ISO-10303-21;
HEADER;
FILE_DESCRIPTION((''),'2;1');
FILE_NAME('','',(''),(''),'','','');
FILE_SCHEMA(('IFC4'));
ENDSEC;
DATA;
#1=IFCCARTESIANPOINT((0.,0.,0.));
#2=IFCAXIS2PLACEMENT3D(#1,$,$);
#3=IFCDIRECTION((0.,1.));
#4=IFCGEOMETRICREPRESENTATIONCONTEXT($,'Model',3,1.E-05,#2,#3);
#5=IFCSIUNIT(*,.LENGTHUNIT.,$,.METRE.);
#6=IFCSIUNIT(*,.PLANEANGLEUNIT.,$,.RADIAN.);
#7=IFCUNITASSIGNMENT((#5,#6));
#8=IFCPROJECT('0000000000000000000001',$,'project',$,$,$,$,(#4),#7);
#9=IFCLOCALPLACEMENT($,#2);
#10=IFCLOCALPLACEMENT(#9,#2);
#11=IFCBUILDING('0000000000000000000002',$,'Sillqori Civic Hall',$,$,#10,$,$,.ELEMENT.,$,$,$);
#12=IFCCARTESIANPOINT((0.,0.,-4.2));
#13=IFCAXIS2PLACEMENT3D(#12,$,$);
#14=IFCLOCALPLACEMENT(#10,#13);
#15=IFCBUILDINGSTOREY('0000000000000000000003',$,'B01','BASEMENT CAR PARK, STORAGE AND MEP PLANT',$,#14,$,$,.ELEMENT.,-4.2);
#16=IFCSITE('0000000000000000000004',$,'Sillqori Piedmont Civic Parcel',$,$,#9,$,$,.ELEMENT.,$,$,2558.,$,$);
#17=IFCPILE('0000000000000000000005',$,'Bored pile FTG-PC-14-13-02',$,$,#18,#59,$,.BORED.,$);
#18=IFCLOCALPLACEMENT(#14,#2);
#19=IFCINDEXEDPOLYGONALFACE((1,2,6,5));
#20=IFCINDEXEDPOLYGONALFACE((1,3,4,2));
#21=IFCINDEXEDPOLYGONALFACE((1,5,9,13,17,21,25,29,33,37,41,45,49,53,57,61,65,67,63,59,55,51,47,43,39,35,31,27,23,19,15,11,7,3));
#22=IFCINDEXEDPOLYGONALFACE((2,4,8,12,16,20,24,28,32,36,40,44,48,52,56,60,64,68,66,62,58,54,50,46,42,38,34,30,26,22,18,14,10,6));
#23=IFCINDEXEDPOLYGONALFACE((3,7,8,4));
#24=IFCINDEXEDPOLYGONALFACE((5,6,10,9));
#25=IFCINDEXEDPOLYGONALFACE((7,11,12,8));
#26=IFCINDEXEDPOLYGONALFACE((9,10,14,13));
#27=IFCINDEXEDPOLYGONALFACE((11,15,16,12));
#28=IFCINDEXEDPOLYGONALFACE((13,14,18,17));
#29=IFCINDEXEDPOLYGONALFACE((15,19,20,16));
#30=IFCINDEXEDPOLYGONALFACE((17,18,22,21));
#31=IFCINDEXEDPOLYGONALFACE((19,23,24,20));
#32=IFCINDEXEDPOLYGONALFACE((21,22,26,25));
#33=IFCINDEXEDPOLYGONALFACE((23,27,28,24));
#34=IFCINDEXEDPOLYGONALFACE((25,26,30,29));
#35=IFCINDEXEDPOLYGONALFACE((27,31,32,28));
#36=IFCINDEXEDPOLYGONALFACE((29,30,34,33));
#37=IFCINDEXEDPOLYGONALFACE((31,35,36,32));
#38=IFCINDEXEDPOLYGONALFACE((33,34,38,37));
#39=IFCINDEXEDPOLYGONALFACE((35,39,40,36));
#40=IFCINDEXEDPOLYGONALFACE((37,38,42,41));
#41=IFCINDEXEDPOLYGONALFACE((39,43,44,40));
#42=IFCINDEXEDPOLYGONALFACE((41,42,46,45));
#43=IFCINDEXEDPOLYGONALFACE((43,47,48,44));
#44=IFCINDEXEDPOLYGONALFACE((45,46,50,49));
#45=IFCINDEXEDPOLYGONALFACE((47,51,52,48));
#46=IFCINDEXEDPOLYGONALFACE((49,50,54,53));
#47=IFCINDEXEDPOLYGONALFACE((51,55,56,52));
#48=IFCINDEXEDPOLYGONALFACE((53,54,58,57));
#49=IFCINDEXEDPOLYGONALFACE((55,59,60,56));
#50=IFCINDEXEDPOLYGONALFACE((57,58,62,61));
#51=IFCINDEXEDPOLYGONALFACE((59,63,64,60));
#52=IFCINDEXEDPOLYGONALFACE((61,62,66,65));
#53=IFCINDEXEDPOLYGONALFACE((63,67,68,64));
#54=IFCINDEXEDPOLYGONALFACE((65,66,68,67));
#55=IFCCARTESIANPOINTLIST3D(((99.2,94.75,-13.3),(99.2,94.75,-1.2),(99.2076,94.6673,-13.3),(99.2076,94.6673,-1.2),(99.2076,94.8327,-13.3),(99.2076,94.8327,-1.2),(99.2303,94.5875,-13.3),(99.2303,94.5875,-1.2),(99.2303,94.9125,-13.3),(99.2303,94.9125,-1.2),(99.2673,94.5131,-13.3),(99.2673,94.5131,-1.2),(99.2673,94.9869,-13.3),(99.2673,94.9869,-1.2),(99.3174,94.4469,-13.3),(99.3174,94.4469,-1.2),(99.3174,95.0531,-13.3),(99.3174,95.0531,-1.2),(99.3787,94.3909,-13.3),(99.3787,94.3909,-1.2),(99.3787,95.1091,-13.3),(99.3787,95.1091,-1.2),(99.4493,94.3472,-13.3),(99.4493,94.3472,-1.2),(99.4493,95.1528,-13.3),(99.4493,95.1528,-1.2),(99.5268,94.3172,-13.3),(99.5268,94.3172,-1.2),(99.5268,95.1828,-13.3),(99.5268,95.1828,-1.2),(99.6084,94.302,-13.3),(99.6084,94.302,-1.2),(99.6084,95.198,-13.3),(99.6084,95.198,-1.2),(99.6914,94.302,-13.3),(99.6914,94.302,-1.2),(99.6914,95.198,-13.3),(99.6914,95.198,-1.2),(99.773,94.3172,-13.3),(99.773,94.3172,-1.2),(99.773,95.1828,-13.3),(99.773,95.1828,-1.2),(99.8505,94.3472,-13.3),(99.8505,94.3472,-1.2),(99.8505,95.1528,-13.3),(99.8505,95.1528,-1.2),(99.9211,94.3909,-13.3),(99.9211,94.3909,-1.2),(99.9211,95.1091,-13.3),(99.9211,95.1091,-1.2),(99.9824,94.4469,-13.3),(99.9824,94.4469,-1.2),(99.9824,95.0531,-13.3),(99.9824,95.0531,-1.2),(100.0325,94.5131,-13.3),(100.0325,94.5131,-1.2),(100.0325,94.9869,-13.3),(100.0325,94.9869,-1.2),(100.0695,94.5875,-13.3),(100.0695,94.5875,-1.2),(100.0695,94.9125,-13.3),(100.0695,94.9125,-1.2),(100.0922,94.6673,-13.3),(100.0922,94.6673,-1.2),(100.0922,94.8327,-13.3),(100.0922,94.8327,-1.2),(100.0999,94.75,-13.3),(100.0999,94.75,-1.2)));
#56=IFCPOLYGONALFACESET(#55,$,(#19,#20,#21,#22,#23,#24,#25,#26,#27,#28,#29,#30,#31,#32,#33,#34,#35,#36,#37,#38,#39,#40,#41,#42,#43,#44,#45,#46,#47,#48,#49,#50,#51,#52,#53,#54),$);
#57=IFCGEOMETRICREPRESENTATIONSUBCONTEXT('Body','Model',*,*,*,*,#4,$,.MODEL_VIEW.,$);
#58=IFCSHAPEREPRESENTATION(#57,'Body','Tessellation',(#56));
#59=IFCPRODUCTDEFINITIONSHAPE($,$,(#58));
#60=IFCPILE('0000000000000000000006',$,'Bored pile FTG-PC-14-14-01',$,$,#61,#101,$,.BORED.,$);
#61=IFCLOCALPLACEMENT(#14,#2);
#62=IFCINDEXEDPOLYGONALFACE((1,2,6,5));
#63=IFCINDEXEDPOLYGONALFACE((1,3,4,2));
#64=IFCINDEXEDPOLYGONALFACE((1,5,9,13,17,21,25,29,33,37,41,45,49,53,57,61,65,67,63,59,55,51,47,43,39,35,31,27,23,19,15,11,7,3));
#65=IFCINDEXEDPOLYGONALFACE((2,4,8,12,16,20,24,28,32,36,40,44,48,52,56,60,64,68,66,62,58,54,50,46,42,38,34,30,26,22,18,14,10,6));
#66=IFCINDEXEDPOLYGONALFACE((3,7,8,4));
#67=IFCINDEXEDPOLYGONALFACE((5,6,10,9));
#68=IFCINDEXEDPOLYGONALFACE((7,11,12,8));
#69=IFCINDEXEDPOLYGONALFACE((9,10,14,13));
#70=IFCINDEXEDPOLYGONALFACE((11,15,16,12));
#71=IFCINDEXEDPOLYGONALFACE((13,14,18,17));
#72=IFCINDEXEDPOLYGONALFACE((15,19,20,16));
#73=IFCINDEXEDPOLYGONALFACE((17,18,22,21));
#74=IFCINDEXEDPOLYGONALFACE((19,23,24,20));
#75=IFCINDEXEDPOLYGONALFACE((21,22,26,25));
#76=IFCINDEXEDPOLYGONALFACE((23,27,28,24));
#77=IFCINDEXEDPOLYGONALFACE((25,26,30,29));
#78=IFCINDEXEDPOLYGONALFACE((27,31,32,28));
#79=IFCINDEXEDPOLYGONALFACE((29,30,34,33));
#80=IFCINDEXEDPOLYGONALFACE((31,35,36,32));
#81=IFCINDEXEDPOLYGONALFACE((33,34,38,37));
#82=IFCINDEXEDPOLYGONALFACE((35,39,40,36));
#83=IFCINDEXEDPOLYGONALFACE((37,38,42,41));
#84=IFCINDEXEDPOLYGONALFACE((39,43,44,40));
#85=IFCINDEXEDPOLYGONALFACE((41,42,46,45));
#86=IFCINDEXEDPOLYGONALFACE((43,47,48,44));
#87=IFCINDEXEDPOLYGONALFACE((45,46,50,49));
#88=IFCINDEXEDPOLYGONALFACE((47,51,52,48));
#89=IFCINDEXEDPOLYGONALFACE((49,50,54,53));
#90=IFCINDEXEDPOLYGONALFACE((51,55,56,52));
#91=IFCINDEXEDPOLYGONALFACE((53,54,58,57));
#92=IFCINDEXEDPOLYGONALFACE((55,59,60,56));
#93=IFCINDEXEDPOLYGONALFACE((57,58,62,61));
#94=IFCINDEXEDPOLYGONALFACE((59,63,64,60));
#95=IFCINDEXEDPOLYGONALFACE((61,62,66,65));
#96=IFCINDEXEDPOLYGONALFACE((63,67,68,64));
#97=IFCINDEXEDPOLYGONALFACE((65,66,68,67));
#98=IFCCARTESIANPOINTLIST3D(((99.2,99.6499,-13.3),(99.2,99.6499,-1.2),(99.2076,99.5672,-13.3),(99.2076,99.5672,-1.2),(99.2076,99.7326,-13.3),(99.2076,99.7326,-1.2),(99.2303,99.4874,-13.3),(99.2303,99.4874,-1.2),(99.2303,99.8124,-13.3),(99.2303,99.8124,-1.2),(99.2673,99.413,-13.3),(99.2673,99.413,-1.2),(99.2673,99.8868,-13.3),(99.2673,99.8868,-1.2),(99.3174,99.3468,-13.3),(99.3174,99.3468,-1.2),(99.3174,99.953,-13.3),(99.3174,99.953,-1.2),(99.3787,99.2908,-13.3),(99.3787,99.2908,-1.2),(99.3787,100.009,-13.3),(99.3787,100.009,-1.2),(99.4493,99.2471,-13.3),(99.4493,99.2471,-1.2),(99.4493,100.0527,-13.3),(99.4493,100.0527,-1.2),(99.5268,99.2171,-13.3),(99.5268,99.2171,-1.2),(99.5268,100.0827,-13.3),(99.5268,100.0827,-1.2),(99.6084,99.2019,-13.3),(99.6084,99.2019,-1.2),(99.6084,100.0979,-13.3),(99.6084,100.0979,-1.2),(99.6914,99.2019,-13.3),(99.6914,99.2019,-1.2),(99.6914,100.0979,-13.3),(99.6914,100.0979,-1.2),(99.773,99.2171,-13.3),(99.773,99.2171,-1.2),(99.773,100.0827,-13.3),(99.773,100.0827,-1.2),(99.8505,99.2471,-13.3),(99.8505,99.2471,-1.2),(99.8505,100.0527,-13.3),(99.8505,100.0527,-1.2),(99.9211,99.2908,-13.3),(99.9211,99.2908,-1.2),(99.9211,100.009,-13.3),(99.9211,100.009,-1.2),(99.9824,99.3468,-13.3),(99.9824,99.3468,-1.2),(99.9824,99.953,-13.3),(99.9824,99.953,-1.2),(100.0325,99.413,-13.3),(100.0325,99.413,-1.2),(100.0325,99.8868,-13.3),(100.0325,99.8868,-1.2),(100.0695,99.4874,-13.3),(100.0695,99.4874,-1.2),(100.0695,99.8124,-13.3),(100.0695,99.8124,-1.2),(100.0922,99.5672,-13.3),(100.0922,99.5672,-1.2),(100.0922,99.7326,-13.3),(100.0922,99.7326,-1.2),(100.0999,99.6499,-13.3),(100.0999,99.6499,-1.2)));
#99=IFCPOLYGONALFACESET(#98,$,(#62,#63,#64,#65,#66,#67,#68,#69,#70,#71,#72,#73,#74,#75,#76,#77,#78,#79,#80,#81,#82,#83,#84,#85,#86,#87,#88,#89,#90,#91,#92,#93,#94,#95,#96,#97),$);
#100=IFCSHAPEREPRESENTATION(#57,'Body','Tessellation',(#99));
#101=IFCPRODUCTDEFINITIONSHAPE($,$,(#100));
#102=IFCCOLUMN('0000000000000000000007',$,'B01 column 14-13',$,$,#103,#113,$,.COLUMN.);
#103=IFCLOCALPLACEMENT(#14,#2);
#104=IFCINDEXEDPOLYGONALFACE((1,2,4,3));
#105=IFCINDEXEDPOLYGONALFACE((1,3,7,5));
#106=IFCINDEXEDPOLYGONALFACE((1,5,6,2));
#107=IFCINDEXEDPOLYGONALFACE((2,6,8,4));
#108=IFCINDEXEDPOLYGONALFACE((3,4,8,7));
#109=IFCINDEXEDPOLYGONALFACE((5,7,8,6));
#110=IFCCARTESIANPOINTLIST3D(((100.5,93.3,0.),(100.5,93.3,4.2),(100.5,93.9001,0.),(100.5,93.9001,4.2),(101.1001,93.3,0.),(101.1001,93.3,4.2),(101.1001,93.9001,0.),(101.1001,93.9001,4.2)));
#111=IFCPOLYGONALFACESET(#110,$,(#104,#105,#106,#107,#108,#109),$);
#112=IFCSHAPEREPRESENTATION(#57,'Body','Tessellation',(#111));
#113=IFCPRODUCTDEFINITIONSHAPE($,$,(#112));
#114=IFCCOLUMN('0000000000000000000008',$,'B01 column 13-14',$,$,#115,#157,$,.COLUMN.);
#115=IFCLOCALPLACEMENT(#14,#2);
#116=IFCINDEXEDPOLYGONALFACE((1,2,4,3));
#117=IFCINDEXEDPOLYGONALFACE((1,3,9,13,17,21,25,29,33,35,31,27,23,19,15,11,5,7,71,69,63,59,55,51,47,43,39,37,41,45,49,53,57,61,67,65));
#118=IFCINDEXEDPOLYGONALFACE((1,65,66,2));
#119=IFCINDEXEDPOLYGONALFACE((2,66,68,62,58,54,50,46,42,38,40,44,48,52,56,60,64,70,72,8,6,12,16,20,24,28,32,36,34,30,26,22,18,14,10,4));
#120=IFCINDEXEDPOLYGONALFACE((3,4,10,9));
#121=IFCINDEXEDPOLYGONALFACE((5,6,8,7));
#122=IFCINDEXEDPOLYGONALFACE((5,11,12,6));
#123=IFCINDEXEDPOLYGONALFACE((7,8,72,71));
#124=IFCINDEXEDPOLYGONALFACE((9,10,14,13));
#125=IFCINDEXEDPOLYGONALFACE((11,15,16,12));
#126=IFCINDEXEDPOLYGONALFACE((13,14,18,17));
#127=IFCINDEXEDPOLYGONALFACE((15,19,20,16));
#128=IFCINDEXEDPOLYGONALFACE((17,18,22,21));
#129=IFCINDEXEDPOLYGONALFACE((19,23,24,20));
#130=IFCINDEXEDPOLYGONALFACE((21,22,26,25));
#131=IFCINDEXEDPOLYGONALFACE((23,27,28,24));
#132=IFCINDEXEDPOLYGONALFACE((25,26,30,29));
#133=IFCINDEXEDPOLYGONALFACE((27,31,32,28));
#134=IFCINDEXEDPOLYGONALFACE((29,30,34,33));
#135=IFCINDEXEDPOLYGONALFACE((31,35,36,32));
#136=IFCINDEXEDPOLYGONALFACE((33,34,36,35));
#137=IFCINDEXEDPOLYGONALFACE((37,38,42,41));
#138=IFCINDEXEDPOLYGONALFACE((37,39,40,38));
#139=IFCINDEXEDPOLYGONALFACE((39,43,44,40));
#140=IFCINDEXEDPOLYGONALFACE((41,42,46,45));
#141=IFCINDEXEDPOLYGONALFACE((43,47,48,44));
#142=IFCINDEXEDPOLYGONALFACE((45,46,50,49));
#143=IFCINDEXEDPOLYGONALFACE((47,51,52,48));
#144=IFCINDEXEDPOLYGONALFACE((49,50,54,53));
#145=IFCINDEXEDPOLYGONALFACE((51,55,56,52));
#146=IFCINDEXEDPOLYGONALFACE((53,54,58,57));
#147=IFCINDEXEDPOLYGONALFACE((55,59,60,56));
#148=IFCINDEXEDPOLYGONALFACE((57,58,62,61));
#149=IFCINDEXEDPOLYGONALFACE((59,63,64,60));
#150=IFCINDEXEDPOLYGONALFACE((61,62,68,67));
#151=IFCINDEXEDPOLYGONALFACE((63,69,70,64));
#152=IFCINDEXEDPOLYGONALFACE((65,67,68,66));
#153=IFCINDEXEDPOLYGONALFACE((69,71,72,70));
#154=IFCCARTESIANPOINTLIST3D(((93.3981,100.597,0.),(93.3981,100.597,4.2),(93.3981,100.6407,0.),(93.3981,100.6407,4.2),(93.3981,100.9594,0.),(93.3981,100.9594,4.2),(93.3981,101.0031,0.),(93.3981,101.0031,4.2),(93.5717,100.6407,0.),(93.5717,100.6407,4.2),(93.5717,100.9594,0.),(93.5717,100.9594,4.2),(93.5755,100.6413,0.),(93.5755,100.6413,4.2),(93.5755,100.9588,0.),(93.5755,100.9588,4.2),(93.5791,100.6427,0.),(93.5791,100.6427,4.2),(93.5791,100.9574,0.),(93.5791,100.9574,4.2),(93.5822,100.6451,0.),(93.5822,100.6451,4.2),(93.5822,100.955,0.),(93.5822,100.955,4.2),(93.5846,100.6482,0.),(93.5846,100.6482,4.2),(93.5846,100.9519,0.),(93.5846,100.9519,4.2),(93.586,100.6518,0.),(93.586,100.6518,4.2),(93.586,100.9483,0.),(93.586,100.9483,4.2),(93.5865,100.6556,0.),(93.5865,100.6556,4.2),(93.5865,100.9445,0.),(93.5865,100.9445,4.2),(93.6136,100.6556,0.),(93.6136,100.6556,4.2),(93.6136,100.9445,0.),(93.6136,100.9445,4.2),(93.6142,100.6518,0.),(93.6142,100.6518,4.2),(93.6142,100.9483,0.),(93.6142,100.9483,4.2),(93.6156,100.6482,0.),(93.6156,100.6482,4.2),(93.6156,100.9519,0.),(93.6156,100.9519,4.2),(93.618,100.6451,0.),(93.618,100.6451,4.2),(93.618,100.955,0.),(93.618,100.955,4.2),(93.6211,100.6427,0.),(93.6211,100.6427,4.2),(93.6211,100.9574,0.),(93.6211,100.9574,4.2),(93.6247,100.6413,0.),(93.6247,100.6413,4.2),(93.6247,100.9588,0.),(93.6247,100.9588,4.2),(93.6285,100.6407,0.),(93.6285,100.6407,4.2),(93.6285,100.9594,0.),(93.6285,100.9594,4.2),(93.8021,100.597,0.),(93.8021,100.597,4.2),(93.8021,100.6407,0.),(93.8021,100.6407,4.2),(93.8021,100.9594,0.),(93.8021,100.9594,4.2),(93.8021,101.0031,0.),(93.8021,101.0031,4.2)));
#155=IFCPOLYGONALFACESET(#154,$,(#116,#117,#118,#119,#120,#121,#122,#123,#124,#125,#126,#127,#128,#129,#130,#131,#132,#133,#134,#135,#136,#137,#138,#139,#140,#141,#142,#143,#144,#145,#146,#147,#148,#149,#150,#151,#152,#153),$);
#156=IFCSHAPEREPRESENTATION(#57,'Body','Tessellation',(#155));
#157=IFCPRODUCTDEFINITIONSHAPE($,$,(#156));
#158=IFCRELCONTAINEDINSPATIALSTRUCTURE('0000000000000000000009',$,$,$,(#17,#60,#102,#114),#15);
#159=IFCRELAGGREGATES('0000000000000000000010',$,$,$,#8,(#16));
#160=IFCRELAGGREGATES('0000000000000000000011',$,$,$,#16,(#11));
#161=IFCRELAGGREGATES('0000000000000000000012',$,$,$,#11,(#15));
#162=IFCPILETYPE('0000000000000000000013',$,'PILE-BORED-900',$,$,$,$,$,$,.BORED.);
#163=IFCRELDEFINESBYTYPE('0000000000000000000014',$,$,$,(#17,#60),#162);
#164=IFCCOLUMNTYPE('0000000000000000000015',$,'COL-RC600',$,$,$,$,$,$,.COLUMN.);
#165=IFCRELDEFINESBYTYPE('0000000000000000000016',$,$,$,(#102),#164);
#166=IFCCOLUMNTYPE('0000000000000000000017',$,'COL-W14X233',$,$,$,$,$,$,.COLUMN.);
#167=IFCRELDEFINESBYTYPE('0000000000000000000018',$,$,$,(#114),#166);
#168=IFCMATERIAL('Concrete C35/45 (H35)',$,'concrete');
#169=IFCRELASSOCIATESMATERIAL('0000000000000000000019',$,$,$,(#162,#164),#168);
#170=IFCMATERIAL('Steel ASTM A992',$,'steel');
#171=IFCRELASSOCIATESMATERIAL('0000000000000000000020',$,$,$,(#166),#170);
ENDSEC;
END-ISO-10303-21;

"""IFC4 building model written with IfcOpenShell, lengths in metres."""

from ifc_helpers import new_model, si_unit, direction, frame, origin, origin_2d, place, context, subcontext, project, spatial, rectangle, circle, i_section, extrude, material, material_profile, profile_set, type_object, element, save


model = new_model("IFC4")

# Units and contexts
model_context = context("Model", 3, precision=1e-05, world=origin(), true_north=direction((0.0, 1.0)))
body_context = subcontext(model_context, "Body", "Model", "MODEL_VIEW")
ifc_project = project(units=[si_unit("LENGTHUNIT", "METRE"), si_unit("PLANEANGLEUNIT", "RADIAN")], contexts=[model_context])

# Site, building, storey
site_placement = place(None, origin())
site = spatial("IfcSite", under=ifc_project, at=site_placement, Name="Sillqori Piedmont Civic Parcel", CompositionType="ELEMENT", RefElevation=2558.0)
building_placement = place(site_placement, origin())
building = spatial("IfcBuilding", under=site, at=building_placement, Name="Sillqori Civic Hall", CompositionType="ELEMENT")
storey_placement = place(building_placement, frame((0.0, 0.0, -4.2)))
storey = spatial("IfcBuildingStorey", under=building, at=storey_placement, Name="B01", Description="BASEMENT CAR PARK, STORAGE AND MEP PLANT", CompositionType="ELEMENT", Elevation=-4.2)

# Shared definitions
ifc_material_1 = material(Name="Concrete C35/45 (H35)", Category="concrete")

# Piles
ifc_material_profile_1 = material_profile(ifc_material_1, circle(Radius=0.45, at=origin_2d()), Name="BORED PILE 900")
ifc_profile_set_1 = profile_set([ifc_material_profile_1], Name="Concrete C35/45 (H35)")
pile_type = type_object("IfcPileType", Name="PILE-BORED-900", PredefinedType="BORED", material=ifc_profile_set_1)
for number, where, z_axis, x_axis, name in (
    (1, (99.6499, 94.75, -1.2), (0.0, 0.0, -1.0), (1.0, 0.0, 0.0), "Bored pile FTG-PC-14-13-02"),
    (2, (99.6499, 99.6499, -1.2), (0.0, 0.0, -1.0), (1.0, 0.0, 0.0), "Bored pile FTG-PC-14-14-01"),
):
    element("IfcPile", number, at=place(storey_placement, frame(where, z_axis=z_axis, x_axis=x_axis)), inside=storey, type_object=pile_type, Name=name, PredefinedType="BORED", context=body_context, shape_type="SweptSolid", body=[
        extrude(circle(Radius=0.45, at=origin_2d()), origin(), (0.0, 0.0, 1.0), 12.1001),
    ])

# Columns
ifc_material_profile_2 = material_profile(ifc_material_1, rectangle(XDim=0.6001, YDim=0.6001, at=origin_2d()), Name="RC 600x600")
ifc_profile_set_2 = profile_set([ifc_material_profile_2], Name="Concrete C35/45 (H35)")
column_type_1 = type_object("IfcColumnType", Name="COL-RC600", PredefinedType="COLUMN", material=ifc_profile_set_2)
column_1_placement = place(storey_placement, frame((100.8, 93.6001, 0.0), z_axis=(0.0, 0.0, 1.0), x_axis=(1.0, 0.0, 0.0)))
element("IfcColumn", 3, at=column_1_placement, inside=storey, type_object=column_type_1, Name="B01 column 14-13", PredefinedType="COLUMN", context=body_context, shape_type="SweptSolid", body=[
    extrude(rectangle(XDim=0.6001, YDim=0.6001, at=origin_2d()), origin(), (0.0, 0.0, 1.0), 4.2),
])
ifc_material_2 = material(Name="Steel ASTM A992", Category="steel")
ifc_material_profile_3 = material_profile(ifc_material_2, i_section(OverallWidth=0.4041, OverallDepth=0.406, WebThickness=0.0271, FlangeThickness=0.0437, FilletRadius=0.0149, at=origin_2d()), Name="W14X233")
ifc_profile_set_3 = profile_set([ifc_material_profile_3], Name="Steel ASTM A992")
column_type_2 = type_object("IfcColumnType", Name="COL-W14X233", PredefinedType="COLUMN", material=ifc_profile_set_3)
column_2_placement = place(storey_placement, frame((93.6001, 100.8, 0.0), z_axis=(0.0, 0.0, 1.0), x_axis=(1.0, 0.0, 0.0)))
element("IfcColumn", 4, at=column_2_placement, inside=storey, type_object=column_type_2, Name="B01 column 13-14", PredefinedType="COLUMN", context=body_context, shape_type="SweptSolid", body=[
    extrude(i_section(OverallWidth=0.4041, OverallDepth=0.406, WebThickness=0.0271, FlangeThickness=0.0437, FilletRadius=0.0149, at=origin_2d()), origin(), (0.0, 0.0, 1.0), 4.2),
])

save(model, "model.ifc")
